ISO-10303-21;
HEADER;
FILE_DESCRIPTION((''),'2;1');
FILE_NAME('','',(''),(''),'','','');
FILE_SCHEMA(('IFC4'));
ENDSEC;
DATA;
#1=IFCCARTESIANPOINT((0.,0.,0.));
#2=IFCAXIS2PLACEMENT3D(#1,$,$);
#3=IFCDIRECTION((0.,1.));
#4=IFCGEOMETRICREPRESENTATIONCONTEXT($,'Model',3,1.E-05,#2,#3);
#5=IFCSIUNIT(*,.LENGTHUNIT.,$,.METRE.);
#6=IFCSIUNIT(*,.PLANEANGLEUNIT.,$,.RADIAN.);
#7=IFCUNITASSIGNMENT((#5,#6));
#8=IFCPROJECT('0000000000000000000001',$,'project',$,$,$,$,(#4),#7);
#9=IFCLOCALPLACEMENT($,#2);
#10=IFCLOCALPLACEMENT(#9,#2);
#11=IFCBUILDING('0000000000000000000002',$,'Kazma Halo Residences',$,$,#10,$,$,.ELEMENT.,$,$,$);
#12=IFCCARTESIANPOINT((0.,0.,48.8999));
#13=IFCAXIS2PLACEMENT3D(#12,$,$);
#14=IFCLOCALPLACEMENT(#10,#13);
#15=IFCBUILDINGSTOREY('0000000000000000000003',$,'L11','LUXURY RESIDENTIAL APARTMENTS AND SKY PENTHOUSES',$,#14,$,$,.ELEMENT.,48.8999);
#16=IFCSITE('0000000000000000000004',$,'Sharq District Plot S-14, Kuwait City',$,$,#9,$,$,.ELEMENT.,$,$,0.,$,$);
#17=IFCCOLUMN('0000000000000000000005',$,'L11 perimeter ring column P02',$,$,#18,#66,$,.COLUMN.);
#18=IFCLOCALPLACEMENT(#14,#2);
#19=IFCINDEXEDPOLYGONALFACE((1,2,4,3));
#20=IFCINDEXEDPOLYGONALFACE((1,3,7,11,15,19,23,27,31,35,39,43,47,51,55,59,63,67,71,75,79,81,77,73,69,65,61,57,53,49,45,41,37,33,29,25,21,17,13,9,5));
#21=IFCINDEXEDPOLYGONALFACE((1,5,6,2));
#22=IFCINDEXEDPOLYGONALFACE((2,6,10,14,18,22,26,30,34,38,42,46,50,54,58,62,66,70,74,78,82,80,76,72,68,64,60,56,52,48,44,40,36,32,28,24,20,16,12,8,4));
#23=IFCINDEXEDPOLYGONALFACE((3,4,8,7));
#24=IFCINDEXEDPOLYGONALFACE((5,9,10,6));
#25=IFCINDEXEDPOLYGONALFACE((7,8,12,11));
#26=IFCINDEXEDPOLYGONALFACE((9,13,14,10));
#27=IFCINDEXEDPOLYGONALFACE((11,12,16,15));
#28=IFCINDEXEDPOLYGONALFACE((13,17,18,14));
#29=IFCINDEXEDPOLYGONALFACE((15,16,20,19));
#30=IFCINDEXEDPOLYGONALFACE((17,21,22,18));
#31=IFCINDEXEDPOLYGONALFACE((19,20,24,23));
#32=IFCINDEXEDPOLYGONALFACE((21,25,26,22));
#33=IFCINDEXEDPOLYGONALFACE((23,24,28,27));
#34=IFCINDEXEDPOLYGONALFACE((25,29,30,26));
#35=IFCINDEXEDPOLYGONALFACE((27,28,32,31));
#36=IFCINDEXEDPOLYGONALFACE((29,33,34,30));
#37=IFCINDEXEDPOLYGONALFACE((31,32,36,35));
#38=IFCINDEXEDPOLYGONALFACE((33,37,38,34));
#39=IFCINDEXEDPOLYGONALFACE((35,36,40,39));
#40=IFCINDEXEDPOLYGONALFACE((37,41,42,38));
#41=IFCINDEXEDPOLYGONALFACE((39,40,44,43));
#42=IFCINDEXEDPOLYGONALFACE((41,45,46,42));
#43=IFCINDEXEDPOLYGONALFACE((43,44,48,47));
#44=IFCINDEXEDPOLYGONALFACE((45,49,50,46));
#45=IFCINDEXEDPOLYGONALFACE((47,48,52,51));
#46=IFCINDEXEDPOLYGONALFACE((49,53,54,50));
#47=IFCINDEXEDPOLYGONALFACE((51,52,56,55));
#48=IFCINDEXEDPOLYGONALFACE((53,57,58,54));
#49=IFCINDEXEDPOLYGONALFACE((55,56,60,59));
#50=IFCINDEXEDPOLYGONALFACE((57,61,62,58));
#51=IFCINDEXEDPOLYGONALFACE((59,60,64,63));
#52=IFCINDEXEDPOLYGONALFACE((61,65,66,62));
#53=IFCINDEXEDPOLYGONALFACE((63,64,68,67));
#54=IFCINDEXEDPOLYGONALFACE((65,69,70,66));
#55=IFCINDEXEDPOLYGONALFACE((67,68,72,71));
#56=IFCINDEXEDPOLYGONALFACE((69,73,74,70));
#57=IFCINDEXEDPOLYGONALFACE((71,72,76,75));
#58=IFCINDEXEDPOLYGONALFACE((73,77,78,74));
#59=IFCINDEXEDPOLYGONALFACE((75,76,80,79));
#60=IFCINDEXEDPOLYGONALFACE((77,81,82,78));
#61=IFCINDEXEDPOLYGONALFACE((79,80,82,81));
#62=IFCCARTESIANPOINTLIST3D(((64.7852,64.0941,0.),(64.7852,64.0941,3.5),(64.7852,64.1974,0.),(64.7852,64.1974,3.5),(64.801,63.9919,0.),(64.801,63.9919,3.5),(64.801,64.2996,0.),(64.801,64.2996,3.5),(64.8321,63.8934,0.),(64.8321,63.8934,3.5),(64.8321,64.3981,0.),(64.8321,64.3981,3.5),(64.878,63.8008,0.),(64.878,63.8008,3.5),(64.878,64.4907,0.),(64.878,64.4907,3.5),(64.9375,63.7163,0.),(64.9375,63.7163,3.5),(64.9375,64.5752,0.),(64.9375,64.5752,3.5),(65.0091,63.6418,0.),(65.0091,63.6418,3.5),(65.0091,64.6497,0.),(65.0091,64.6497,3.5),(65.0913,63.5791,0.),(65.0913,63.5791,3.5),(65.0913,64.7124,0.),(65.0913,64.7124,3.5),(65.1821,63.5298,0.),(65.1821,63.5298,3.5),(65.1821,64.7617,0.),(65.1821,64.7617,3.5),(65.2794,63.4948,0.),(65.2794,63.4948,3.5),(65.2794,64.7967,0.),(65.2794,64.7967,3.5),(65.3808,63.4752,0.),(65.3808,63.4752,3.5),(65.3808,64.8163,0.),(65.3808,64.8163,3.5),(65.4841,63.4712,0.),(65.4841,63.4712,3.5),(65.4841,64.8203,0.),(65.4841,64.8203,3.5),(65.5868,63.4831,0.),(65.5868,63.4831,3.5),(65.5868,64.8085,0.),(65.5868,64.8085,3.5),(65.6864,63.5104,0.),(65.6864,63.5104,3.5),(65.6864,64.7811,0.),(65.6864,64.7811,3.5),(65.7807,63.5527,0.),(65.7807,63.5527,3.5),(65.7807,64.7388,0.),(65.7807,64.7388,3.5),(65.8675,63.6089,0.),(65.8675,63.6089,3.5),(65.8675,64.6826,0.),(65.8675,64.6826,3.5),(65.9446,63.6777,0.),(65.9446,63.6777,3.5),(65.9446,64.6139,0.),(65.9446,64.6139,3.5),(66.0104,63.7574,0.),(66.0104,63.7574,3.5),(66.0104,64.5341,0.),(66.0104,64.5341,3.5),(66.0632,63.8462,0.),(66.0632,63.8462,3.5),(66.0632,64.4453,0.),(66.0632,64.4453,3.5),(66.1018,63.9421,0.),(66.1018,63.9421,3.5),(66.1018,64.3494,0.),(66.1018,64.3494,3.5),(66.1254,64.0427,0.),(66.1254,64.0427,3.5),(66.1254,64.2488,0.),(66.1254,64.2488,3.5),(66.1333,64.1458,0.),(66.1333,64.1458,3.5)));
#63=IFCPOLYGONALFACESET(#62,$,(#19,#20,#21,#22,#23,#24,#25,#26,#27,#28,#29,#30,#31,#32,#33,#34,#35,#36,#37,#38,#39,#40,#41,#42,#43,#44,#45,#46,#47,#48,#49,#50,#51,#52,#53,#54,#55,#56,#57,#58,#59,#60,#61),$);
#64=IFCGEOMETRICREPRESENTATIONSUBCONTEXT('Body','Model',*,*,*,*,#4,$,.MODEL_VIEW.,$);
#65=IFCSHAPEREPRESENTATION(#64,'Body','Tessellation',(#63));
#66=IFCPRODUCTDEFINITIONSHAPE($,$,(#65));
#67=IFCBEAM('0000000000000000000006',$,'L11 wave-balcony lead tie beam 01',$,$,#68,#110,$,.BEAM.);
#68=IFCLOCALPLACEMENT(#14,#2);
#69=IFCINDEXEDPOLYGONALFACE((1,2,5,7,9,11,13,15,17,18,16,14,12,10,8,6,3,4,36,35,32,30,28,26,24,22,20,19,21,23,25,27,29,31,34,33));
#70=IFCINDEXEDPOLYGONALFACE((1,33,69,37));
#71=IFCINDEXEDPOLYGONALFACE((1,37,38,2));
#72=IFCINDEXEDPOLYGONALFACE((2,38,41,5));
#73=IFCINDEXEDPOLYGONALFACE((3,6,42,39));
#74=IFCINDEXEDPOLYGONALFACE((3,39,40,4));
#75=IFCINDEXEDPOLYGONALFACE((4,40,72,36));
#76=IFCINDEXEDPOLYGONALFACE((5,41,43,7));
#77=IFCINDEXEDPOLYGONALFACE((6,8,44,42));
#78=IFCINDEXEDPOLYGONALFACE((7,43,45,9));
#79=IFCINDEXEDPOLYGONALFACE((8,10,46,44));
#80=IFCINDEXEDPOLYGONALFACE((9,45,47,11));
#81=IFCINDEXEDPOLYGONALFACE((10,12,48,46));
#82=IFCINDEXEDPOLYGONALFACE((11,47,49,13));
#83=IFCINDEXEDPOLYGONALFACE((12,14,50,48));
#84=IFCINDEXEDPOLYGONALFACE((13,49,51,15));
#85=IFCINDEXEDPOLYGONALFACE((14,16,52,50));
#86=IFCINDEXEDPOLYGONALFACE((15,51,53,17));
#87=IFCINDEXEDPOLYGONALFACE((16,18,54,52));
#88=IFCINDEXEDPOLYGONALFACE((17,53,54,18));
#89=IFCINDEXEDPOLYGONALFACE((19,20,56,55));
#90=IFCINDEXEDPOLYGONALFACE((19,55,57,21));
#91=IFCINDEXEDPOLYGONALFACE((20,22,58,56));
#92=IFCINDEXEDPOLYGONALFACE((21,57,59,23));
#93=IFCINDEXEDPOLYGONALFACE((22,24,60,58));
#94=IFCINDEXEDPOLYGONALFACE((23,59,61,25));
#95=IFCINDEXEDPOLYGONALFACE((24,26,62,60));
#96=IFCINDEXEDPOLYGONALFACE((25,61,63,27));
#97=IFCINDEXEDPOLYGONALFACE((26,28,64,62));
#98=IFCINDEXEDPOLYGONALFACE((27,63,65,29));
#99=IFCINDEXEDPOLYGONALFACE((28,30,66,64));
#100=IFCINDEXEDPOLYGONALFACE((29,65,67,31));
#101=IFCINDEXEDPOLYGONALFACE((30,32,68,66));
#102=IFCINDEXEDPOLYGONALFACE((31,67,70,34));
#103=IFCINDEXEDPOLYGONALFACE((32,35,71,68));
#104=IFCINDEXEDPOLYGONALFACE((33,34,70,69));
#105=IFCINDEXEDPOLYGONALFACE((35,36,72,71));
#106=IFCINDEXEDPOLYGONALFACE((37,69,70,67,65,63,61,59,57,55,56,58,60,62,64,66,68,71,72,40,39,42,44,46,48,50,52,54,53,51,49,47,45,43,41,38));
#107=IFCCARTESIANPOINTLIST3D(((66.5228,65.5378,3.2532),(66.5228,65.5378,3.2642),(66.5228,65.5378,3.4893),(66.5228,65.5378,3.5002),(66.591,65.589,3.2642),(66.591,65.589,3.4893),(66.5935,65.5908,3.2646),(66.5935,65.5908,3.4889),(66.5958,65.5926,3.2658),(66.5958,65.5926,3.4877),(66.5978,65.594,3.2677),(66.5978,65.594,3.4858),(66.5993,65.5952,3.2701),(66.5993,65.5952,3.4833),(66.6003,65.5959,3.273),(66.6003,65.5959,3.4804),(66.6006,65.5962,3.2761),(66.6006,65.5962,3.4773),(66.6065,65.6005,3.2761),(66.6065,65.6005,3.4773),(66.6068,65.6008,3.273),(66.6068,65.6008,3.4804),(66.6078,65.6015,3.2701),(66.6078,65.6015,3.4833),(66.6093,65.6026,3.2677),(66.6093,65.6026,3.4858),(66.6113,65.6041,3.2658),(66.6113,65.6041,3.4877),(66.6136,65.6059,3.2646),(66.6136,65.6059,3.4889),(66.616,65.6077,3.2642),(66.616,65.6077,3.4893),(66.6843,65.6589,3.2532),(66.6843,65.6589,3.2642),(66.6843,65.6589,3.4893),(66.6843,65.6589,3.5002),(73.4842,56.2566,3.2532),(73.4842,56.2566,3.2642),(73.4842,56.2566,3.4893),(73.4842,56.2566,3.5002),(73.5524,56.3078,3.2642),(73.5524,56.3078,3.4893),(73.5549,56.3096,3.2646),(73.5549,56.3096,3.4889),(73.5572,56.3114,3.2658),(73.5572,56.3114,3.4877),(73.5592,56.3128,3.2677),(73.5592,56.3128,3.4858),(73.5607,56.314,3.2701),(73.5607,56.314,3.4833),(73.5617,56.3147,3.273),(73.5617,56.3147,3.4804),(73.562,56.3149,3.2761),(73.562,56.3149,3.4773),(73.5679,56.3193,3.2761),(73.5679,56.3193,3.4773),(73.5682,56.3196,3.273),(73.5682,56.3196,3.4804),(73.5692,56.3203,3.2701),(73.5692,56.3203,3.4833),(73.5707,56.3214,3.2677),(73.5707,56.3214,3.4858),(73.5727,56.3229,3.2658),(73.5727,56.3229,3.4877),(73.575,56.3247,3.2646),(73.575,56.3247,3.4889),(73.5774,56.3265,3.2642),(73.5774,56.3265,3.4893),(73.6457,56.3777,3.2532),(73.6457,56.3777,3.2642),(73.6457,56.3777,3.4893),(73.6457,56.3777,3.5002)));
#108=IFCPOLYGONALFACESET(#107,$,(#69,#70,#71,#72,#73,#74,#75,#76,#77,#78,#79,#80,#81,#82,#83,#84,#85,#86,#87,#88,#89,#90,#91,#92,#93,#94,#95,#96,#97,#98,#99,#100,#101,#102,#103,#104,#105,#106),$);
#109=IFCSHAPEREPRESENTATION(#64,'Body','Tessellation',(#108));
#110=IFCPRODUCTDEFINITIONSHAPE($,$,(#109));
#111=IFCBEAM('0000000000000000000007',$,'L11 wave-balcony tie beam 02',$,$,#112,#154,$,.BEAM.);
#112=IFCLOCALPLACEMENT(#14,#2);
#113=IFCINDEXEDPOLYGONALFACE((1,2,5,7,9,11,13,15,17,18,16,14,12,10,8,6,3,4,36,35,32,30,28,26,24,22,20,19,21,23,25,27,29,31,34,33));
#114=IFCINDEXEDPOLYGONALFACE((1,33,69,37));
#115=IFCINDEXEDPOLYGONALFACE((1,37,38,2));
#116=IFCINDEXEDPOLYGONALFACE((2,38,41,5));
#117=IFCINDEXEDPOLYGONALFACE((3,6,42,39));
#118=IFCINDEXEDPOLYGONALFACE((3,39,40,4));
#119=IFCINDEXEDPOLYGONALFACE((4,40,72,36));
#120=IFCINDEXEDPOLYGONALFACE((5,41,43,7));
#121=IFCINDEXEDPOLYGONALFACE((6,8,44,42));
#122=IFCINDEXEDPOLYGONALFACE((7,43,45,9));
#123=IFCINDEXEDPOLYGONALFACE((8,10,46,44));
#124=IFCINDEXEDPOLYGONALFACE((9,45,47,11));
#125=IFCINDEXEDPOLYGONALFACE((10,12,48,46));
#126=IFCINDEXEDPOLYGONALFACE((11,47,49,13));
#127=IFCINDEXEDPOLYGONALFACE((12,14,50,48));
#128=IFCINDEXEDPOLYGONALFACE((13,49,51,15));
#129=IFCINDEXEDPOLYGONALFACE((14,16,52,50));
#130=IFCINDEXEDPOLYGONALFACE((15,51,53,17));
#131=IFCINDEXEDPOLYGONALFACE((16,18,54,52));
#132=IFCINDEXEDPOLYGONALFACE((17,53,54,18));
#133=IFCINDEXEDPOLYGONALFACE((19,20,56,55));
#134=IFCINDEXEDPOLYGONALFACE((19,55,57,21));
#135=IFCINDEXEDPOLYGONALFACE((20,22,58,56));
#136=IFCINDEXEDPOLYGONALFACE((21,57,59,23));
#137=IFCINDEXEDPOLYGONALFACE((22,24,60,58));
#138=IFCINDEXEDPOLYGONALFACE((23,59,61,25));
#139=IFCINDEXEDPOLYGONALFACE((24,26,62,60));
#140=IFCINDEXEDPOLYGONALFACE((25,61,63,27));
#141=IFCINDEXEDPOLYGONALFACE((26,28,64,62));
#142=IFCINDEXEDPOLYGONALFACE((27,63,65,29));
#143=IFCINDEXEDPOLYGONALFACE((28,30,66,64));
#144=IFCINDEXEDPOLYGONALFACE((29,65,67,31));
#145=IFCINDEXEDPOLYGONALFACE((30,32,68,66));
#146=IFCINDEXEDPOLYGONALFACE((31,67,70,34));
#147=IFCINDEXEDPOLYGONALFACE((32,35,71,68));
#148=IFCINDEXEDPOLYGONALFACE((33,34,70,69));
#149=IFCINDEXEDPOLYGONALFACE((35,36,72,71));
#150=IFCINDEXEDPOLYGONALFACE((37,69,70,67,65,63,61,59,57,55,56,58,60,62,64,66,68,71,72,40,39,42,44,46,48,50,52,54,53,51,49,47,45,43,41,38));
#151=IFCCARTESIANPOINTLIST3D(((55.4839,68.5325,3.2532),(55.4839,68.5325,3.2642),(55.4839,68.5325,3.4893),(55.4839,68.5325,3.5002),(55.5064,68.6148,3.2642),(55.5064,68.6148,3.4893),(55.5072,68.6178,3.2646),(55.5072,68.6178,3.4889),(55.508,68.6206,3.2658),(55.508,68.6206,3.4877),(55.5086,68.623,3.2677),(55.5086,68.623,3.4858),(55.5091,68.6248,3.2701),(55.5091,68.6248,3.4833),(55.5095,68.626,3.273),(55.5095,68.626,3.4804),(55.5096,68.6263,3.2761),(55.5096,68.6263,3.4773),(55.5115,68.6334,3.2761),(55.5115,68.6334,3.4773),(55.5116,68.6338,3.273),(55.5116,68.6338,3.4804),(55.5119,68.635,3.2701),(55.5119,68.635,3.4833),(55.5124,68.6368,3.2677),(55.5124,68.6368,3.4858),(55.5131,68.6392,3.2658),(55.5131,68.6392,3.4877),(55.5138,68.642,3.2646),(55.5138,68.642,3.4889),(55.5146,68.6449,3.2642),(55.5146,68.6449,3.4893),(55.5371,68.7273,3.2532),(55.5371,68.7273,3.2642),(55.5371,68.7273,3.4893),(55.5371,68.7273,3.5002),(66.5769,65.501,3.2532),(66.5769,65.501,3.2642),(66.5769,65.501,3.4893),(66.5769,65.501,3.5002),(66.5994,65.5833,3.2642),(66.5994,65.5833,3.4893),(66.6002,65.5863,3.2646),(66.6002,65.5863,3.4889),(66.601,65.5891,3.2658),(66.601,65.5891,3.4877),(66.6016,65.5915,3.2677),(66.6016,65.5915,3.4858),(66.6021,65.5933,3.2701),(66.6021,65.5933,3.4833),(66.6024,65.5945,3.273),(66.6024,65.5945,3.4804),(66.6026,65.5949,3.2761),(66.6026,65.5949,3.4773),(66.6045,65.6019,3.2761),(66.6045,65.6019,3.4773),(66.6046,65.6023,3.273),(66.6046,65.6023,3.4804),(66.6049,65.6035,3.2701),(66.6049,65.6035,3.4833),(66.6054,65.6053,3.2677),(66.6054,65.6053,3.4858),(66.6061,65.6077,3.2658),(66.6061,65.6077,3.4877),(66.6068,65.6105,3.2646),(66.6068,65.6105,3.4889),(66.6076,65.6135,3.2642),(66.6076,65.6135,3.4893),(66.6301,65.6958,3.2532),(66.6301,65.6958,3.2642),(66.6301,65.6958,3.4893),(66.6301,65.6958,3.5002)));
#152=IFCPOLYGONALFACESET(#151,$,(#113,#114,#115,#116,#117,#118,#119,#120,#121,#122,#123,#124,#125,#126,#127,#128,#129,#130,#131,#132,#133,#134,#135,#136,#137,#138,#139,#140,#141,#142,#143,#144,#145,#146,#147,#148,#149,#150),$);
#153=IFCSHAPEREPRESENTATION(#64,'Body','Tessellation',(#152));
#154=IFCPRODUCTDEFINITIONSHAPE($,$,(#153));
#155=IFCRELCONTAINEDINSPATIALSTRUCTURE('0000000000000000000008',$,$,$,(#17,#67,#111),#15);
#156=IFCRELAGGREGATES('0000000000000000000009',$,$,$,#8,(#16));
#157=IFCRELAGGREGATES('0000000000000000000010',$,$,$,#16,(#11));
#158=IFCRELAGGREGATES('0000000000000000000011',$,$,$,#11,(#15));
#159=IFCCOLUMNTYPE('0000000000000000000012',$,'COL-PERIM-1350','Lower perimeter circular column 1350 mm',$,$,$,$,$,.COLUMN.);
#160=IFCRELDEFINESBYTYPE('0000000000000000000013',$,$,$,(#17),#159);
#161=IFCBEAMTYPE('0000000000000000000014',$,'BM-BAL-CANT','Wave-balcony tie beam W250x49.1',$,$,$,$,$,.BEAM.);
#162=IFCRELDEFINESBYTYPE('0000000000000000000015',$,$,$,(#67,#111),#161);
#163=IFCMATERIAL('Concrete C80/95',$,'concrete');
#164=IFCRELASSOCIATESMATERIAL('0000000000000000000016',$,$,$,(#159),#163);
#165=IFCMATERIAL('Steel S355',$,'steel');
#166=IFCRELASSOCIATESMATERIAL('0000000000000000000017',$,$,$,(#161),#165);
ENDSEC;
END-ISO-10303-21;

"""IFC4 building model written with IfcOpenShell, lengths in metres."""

from ifc_helpers import new_model, si_unit, direction, frame, origin, origin_2d, place, context, subcontext, project, spatial, circle, i_section, extrude, material, material_profile, profile_set, type_object, element, save


model = new_model("IFC4")

# Units and contexts
model_context = context("Model", 3, precision=1e-05, world=origin(), true_north=direction((0.0, 1.0)))
body_context = subcontext(model_context, "Body", "Model", "MODEL_VIEW")
ifc_project = project(units=[si_unit("LENGTHUNIT", "METRE"), si_unit("PLANEANGLEUNIT", "RADIAN")], contexts=[model_context])

# Site, building, storey
site_placement = place(None, origin())
site = spatial("IfcSite", under=ifc_project, at=site_placement, Name="Sharq District Plot S-14, Kuwait City", CompositionType="ELEMENT", RefElevation=0.0)
building_placement = place(site_placement, origin())
building = spatial("IfcBuilding", under=site, at=building_placement, Name="Kazma Halo Residences", CompositionType="ELEMENT")
storey_placement = place(building_placement, frame((0.0, 0.0, 48.8999)))
storey = spatial("IfcBuildingStorey", under=building, at=storey_placement, Name="L11", Description="LUXURY RESIDENTIAL APARTMENTS AND SKY PENTHOUSES", CompositionType="ELEMENT", Elevation=48.8999)

# Column
ifc_material_1 = material(Name="Concrete C80/95", Category="concrete")
ifc_material_profile_1 = material_profile(ifc_material_1, circle(Radius=0.675, at=origin_2d()), Name="CIRC1350")
ifc_profile_set_1 = profile_set([ifc_material_profile_1], Name="Concrete C80/95")
column_type = type_object("IfcColumnType", Name="COL-PERIM-1350", Description="Lower perimeter circular column 1350 mm", PredefinedType="COLUMN", material=ifc_profile_set_1)
column_placement = place(storey_placement, frame((65.4583, 64.1458, 0.0), z_axis=(0.0, 0.0, 1.0), x_axis=(1.0, 0.0, 0.0)))
element("IfcColumn", 1, at=column_placement, inside=storey, type_object=column_type, Name="L11 perimeter ring column P02", PredefinedType="COLUMN", context=body_context, shape_type="SweptSolid", body=[
    extrude(circle(Radius=0.675, at=origin_2d()), origin(), (0.0, 0.0, 1.0), 3.5),
])

# Beams
ifc_material_2 = material(Name="Steel S355", Category="steel")
ifc_material_profile_2 = material_profile(ifc_material_2, i_section(OverallWidth=0.2019, OverallDepth=0.2471, WebThickness=0.0073, FlangeThickness=0.011, FilletRadius=0.012, at=origin_2d()), Name="W250x49.1")
ifc_profile_set_2 = profile_set([ifc_material_profile_2], Name="Steel S355")
beam_type_1 = type_object("IfcBeamType", Name="BM-BAL-CANT", Description="Wave-balcony tie beam W250x49.1", PredefinedType="BEAM", material=ifc_profile_set_2)
beam_1_placement = place(storey_placement, frame((73.5649, 56.3171, 3.3767), z_axis=(-0.600027, 0.79998, 0.0), x_axis=(-0.79998, -0.600027, 0.0)))
element("IfcBeam", 2, at=beam_1_placement, inside=storey, type_object=beam_type_1, Name="L11 wave-balcony lead tie beam 01", PredefinedType="BEAM", context=body_context, shape_type="SweptSolid", body=[
    extrude(i_section(OverallWidth=0.2019, OverallDepth=0.2471, WebThickness=0.0073, FlangeThickness=0.011, FilletRadius=0.012, at=origin_2d()), origin(), (0.0, 0.0, 1.0), 11.6018),
])
beam_2_placement = place(storey_placement, frame((66.6035, 65.5984, 3.3767), z_axis=(-0.964628, 0.263613, 0.0), x_axis=(-0.263613, -0.964628, 0.0)))
element("IfcBeam", 3, at=beam_2_placement, inside=storey, type_object=beam_type_1, Name="L11 wave-balcony tie beam 02", PredefinedType="BEAM", context=body_context, shape_type="SweptSolid", body=[
    extrude(i_section(OverallWidth=0.2019, OverallDepth=0.2471, WebThickness=0.0073, FlangeThickness=0.011, FilletRadius=0.012, at=origin_2d()), origin(), (0.0, 0.0, 1.0), 11.4998),
])

save(model, "model.ifc")
